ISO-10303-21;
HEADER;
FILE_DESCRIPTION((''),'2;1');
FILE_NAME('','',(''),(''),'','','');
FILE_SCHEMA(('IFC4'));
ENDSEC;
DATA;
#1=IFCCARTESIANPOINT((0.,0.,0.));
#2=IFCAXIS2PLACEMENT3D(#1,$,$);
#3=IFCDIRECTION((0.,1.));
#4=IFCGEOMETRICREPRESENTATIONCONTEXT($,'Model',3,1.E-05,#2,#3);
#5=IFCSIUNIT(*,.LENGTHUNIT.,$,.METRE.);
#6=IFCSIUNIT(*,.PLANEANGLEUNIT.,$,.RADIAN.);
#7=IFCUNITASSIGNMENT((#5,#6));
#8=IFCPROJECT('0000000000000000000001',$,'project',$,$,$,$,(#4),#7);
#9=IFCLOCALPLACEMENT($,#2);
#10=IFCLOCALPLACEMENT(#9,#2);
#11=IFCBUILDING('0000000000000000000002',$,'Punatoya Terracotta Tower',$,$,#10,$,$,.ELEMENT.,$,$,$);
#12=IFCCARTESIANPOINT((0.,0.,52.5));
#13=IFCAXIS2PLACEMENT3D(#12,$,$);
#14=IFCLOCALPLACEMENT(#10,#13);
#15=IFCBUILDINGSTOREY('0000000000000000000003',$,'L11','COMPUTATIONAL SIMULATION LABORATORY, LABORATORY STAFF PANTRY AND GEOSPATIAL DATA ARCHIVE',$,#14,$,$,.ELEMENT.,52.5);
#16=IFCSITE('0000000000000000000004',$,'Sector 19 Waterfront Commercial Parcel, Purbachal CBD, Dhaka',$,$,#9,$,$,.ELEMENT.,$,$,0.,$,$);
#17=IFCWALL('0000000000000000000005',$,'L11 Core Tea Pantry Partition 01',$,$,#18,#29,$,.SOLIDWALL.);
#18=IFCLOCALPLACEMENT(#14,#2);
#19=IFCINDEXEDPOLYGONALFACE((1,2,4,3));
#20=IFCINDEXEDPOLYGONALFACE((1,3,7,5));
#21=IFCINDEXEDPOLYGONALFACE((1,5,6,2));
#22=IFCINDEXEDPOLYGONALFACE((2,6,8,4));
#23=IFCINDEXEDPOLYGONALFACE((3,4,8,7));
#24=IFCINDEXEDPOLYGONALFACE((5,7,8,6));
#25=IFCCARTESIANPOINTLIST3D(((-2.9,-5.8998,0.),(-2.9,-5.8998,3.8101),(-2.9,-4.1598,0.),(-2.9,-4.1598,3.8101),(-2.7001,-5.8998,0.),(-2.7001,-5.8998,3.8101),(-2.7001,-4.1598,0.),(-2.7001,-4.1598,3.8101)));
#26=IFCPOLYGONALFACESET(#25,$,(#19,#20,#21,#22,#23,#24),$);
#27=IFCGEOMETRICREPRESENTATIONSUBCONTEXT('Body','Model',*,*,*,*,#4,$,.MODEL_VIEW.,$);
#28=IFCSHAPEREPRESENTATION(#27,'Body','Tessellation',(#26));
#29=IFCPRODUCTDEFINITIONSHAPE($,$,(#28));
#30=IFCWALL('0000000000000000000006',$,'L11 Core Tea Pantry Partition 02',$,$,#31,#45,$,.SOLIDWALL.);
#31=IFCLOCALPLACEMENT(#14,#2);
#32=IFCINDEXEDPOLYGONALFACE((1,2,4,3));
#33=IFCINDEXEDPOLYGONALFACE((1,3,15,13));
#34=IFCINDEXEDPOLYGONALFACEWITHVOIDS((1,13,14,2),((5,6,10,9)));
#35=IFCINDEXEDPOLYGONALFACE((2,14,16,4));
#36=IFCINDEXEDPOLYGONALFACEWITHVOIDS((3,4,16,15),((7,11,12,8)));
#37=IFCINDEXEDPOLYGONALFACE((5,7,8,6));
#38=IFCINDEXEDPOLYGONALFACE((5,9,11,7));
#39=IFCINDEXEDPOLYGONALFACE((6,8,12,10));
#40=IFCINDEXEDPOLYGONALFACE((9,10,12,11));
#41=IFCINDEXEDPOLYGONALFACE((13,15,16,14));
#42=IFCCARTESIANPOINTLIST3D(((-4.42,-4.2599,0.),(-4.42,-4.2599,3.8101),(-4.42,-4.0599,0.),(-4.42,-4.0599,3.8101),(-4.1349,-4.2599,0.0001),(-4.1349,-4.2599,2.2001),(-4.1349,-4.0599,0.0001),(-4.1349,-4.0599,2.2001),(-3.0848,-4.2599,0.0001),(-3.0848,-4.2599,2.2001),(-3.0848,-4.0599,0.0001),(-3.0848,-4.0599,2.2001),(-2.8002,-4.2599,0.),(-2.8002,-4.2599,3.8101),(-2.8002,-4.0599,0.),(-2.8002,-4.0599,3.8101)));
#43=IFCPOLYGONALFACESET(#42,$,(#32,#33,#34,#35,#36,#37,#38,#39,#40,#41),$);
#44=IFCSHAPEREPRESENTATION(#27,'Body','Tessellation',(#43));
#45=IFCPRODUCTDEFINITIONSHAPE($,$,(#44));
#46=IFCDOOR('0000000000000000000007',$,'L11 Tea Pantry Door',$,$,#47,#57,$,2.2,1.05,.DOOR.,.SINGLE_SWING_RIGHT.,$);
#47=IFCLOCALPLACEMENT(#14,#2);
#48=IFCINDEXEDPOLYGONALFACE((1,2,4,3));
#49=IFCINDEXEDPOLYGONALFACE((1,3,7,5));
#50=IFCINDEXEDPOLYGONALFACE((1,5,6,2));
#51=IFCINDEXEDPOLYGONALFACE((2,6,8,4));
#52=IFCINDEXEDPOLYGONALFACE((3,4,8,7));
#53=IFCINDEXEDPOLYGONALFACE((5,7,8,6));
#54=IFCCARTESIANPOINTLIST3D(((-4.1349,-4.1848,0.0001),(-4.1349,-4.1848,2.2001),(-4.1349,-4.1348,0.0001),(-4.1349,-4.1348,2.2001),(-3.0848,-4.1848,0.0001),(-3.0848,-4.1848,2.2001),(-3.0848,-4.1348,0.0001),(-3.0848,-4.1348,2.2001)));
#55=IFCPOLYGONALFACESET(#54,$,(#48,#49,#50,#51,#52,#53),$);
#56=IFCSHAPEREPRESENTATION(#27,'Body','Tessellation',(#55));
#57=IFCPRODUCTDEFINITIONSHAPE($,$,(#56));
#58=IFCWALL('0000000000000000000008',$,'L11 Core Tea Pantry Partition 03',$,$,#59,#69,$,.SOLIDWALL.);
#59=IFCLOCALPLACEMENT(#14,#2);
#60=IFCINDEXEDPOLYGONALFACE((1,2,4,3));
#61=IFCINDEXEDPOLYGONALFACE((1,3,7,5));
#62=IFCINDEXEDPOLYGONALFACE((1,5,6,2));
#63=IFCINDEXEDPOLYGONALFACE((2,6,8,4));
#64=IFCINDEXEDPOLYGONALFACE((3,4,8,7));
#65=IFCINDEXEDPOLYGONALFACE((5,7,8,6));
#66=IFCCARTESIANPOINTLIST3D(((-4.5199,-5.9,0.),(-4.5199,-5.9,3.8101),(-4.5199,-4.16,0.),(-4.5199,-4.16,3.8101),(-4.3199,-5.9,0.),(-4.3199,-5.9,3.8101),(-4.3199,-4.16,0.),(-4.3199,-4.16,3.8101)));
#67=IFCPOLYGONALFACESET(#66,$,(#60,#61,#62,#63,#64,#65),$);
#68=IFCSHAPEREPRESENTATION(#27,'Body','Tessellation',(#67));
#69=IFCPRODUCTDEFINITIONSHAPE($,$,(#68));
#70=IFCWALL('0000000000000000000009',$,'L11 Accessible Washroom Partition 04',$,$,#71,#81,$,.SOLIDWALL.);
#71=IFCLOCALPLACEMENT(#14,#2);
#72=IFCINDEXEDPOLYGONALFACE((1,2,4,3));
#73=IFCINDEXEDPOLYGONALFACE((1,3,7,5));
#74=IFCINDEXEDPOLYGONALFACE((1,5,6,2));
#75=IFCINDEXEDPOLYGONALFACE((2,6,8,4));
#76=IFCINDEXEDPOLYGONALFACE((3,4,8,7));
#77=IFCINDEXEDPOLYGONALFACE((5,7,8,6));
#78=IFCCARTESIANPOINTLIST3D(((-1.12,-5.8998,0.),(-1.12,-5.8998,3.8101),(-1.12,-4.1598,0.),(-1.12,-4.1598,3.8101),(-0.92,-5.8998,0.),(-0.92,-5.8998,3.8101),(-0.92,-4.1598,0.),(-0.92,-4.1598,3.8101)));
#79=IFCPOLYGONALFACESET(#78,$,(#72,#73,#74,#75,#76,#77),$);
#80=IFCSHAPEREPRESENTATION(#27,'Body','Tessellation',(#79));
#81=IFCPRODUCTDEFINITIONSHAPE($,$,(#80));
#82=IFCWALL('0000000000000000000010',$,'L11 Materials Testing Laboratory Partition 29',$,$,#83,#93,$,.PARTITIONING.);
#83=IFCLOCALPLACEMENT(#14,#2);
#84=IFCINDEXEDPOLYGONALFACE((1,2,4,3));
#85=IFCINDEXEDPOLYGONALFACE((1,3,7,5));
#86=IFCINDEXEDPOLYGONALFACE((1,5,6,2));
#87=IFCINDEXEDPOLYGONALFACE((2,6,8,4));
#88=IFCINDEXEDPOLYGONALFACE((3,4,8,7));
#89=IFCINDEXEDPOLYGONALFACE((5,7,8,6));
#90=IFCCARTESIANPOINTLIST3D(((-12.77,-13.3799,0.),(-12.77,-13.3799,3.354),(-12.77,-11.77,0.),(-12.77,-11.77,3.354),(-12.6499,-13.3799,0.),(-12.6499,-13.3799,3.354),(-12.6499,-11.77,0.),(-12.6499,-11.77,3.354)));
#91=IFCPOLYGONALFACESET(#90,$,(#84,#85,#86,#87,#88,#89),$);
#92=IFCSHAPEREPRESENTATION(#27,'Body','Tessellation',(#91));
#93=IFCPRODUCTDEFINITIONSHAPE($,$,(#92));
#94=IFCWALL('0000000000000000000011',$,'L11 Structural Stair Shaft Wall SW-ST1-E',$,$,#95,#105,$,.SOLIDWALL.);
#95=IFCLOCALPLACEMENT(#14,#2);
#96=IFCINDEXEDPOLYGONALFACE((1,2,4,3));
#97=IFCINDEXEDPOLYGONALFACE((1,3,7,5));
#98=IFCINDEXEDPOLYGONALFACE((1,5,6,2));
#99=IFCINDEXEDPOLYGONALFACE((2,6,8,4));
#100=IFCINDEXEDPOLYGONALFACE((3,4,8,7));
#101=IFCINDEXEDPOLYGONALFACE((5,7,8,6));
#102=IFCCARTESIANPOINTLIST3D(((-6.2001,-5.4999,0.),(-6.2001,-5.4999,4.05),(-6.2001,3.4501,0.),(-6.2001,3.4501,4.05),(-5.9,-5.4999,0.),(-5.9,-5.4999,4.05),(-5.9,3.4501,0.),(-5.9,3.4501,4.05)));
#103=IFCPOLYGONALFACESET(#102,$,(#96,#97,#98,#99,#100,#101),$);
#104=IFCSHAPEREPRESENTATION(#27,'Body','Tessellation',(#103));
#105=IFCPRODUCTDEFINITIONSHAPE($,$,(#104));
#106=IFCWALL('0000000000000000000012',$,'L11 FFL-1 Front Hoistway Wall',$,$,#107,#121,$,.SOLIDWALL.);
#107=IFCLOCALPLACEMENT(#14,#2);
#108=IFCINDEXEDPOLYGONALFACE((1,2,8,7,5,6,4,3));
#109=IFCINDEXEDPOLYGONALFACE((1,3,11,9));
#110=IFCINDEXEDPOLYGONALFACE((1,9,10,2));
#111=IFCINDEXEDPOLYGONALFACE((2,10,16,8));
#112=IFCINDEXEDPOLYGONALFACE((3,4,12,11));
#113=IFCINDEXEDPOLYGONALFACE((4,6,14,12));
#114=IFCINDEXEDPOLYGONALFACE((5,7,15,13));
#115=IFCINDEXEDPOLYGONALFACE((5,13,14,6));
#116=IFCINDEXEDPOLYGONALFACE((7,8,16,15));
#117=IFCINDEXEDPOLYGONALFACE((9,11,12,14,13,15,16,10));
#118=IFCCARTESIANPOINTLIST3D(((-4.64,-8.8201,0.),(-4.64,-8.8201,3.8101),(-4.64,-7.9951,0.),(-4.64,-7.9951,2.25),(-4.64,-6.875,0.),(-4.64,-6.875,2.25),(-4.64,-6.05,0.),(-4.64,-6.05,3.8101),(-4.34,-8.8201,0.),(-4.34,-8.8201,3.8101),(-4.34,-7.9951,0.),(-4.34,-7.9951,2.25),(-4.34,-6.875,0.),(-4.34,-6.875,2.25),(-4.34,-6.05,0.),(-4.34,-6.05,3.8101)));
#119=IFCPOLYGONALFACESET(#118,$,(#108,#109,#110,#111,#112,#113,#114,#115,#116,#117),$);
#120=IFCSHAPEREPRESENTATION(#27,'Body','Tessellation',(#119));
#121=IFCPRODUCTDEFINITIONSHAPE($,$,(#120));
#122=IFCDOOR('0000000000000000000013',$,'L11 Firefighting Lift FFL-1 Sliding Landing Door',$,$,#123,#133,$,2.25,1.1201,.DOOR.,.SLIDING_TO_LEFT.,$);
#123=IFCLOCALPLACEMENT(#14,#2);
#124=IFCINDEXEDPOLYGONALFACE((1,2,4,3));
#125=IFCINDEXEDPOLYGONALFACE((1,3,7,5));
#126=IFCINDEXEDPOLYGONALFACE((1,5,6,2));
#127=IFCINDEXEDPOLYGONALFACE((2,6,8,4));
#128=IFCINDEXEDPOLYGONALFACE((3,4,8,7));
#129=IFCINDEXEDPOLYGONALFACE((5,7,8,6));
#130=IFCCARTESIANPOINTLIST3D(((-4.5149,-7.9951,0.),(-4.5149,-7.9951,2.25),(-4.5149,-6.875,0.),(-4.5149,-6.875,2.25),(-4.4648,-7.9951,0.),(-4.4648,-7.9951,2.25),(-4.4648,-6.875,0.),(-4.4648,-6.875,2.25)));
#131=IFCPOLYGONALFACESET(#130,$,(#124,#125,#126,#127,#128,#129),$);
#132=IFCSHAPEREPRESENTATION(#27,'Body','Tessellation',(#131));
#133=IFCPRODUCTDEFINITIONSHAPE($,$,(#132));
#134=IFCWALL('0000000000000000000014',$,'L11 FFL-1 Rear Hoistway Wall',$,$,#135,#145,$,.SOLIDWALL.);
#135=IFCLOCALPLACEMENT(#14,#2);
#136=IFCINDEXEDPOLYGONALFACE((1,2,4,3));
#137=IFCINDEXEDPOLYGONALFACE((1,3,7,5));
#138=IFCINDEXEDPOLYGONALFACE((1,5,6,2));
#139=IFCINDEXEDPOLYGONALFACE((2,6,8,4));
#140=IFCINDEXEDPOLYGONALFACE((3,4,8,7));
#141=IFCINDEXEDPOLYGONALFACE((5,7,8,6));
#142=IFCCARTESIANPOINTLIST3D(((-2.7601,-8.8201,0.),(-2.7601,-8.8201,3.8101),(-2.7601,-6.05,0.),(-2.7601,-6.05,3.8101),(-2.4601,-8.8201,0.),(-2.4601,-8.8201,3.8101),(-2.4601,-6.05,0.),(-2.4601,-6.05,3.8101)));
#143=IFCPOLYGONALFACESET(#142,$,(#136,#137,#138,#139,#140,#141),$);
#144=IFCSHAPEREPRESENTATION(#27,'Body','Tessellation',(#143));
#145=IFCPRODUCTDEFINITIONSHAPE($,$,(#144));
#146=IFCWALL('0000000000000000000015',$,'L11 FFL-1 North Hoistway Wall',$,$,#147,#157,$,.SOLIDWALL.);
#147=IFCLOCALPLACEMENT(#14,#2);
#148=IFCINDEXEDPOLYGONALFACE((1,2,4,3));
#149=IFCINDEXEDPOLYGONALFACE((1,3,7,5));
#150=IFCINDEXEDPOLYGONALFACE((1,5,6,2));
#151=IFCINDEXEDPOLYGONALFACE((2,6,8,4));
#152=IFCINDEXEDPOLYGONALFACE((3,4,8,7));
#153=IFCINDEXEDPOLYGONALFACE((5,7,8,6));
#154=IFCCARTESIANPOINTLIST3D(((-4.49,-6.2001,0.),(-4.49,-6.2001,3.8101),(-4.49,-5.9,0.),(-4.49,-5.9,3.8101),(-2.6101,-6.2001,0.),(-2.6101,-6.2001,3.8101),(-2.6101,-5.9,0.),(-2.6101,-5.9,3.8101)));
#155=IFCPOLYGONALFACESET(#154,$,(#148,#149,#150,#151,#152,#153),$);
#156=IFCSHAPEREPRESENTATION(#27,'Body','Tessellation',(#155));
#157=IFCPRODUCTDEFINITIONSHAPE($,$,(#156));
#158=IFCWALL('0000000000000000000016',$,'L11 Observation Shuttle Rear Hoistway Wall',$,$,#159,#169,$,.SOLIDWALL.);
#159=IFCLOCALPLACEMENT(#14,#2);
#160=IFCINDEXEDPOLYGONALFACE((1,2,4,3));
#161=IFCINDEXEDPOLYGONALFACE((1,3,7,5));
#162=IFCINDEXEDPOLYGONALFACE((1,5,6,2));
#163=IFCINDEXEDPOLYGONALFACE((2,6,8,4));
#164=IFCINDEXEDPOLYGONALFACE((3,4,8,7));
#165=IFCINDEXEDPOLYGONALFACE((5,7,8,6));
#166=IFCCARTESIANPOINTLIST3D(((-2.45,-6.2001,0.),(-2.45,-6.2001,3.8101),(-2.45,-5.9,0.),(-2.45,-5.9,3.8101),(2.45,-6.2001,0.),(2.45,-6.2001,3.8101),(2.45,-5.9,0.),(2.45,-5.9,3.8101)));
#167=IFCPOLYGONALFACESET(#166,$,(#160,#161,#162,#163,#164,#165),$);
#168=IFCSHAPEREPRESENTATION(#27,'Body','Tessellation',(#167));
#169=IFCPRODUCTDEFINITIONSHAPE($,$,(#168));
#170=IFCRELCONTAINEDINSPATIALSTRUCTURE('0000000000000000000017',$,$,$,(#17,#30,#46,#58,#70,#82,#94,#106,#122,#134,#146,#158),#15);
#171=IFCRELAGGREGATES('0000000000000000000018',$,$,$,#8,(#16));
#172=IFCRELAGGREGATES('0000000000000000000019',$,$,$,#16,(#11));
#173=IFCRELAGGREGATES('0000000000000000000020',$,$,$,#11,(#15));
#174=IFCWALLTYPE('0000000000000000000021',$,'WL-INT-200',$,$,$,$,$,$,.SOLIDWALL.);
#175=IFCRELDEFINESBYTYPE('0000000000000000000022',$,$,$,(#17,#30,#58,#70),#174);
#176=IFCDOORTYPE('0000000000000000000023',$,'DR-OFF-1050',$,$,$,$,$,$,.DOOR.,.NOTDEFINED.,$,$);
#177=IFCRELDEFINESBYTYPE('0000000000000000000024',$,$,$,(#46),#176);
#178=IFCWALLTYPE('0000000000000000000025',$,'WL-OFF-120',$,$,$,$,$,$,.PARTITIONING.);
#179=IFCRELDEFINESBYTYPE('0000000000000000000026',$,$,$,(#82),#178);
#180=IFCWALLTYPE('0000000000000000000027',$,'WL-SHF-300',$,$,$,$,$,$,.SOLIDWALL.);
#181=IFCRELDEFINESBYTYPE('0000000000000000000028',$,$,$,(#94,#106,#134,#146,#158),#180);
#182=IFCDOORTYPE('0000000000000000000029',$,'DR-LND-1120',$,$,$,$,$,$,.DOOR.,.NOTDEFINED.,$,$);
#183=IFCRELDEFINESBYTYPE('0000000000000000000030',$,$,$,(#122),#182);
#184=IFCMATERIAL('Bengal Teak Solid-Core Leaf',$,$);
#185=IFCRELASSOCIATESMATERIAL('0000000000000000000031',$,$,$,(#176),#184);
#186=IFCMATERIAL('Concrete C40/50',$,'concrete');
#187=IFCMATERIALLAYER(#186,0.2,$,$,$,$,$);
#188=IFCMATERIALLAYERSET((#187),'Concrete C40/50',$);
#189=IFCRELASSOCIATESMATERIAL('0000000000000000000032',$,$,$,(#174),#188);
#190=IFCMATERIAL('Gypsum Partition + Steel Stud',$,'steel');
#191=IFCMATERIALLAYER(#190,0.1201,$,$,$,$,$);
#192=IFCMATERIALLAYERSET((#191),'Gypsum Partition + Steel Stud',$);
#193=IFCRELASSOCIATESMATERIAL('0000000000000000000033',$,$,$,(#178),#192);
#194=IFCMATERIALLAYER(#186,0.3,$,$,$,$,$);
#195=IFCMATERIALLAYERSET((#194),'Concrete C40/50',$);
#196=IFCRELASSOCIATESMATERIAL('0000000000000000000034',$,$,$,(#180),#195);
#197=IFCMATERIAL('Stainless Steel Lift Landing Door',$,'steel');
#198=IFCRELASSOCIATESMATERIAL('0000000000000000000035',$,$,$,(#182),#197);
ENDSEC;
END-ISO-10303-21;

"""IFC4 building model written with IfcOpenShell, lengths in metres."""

from ifc_helpers import new_model, si_unit, direction, frame, frame_2d, origin, place, context, subcontext, project, spatial, rectangle, extrude, material, layer, layer_set, type_object, element, fill, save


model = new_model("IFC4")

# Units and contexts
model_context = context("Model", 3, precision=1e-05, world=origin(), true_north=direction((0.0, 1.0)))
body_context = subcontext(model_context, "Body", "Model", "MODEL_VIEW")
ifc_project = project(units=[si_unit("LENGTHUNIT", "METRE"), si_unit("PLANEANGLEUNIT", "RADIAN")], contexts=[model_context])

# Site, building, storey
site_placement = place(None, origin())
site = spatial("IfcSite", under=ifc_project, at=site_placement, Name="Sector 19 Waterfront Commercial Parcel, Purbachal CBD, Dhaka", CompositionType="ELEMENT", RefElevation=0.0)
building_placement = place(site_placement, origin())
building = spatial("IfcBuilding", under=site, at=building_placement, Name="Punatoya Terracotta Tower", CompositionType="ELEMENT")
storey_placement = place(building_placement, frame((0.0, 0.0, 52.5)))
storey = spatial("IfcBuildingStorey", under=building, at=storey_placement, Name="L11", Description="COMPUTATIONAL SIMULATION LABORATORY, LABORATORY STAFF PANTRY AND GEOSPATIAL DATA ARCHIVE", CompositionType="ELEMENT", Elevation=52.5)

# Shared definitions
ifc_material_1 = material(Name="Bengal Teak Solid-Core Leaf")
door_type_1 = type_object("IfcDoorType", Name="DR-OFF-1050", OperationType="NOTDEFINED", PredefinedType="DOOR", material=ifc_material_1)

# Wall
ifc_material_2 = material(Name="Concrete C40/50", Category="concrete")
ifc_layer_1 = layer(ifc_material_2, 0.2)
ifc_layer_set_1 = layer_set([ifc_layer_1], Name="Concrete C40/50")
wall_type_1 = type_object("IfcWallType", Name="WL-INT-200", PredefinedType="SOLIDWALL", material=ifc_layer_set_1)
wall_1_placement = place(storey_placement, frame((-2.8, -5.8999, 0.0), z_axis=(0.0, 0.0, 1.0), x_axis=(0.0, 1.0, 0.0)))
element("IfcWall", 1, at=wall_1_placement, inside=storey, type_object=wall_type_1, Name="L11 Core Tea Pantry Partition 01", PredefinedType="SOLIDWALL", context=body_context, shape_type="SweptSolid", body=[
    extrude(rectangle(XDim=1.74, YDim=0.2, at=frame_2d((0.8701, 0.0))), origin(), (0.0, 0.0, 1.0), 3.8101),
])

# Wall, opening, door
wall_2_placement = place(storey_placement, frame((-2.8, -4.1599, 0.0), z_axis=(0.0, 0.0, 1.0), x_axis=(-1.0, 0.0, 0.0)))
wall_2 = element("IfcWall", 2, at=wall_2_placement, inside=storey, type_object=wall_type_1, Name="L11 Core Tea Pantry Partition 02", PredefinedType="SOLIDWALL", context=body_context, shape_type="SweptSolid", body=[
    extrude(rectangle(XDim=1.6199, YDim=0.2, at=frame_2d((0.8101, 0.0))), origin(), (0.0, 0.0, 1.0), 3.8101),
])
opening_1_placement = place(wall_2_placement, frame((0.2849, 0.0, 0.0)))
opening_1 = element("IfcOpeningElement", 3, at=opening_1_placement, cuts=wall_2, PredefinedType="OPENING", context=body_context, shape_type="SweptSolid", body=[
    extrude(rectangle(XDim=1.05, YDim=2.2, at=frame_2d((0.5249, 1.1001))), frame((0.0, 0.1099, 0.0), z_axis=(0.0, -1.0, 0.0), x_axis=(1.0, 0.0, 0.0)), (0.0, 0.0, 1.0), 0.22),
])
door_1_placement = place(opening_1_placement, origin())
door_1 = element("IfcDoor", 4, at=door_1_placement, inside=storey, type_object=door_type_1, Name="L11 Tea Pantry Door", OperationType="SINGLE_SWING_RIGHT", OverallHeight=2.2, OverallWidth=1.05, PredefinedType="DOOR", context=body_context, shape_type="SweptSolid", body=[
    extrude(rectangle(XDim=1.05, YDim=2.2, at=frame_2d((0.5249, 1.1001))), frame((0.0, 0.0249, 0.0), z_axis=(0.0, -1.0, 0.0), x_axis=(1.0, 0.0, 0.0)), (0.0, 0.0, 1.0), 0.05),
])
fill(opening_1, door_1)

# Walls
for number, where, z_axis, x_axis, name in (
    (5, (-4.4199, -4.1599, 0.0), (0.0, 0.0, 1.0), (0.0, -1.0, 0.0), "L11 Core Tea Pantry Partition 03"),
    (6, (-1.02, -5.8999, 0.0), (0.0, 0.0, 1.0), (0.0, 1.0, 0.0), "L11 Accessible Washroom Partition 04"),
):
    element("IfcWall", number, at=place(storey_placement, frame(where, z_axis=z_axis, x_axis=x_axis)), inside=storey, type_object=wall_type_1, Name=name, PredefinedType="SOLIDWALL", context=body_context, shape_type="SweptSolid", body=[
        extrude(rectangle(XDim=1.74, YDim=0.2, at=frame_2d((0.8701, 0.0))), origin(), (0.0, 0.0, 1.0), 3.8101),
    ])
ifc_material_3 = material(Name="Gypsum Partition + Steel Stud", Category="steel")
ifc_layer_2 = layer(ifc_material_3, 0.1201)
ifc_layer_set_2 = layer_set([ifc_layer_2], Name="Gypsum Partition + Steel Stud")
wall_type_2 = type_object("IfcWallType", Name="WL-OFF-120", PredefinedType="PARTITIONING", material=ifc_layer_set_2)
wall_3_placement = place(storey_placement, frame((-12.71, -11.77, 0.0), z_axis=(0.0, 0.0, 1.0), x_axis=(0.0, -1.0, 0.0)))
element("IfcWall", 7, at=wall_3_placement, inside=storey, type_object=wall_type_2, Name="L11 Materials Testing Laboratory Partition 29", PredefinedType="PARTITIONING", context=body_context, shape_type="SweptSolid", body=[
    extrude(rectangle(XDim=1.6099, YDim=0.1201, at=frame_2d((0.8049, 0.0))), origin(), (0.0, 0.0, 1.0), 3.354),
])
ifc_layer_3 = layer(ifc_material_2, 0.3)
ifc_layer_set_3 = layer_set([ifc_layer_3], Name="Concrete C40/50")
wall_type_3 = type_object("IfcWallType", Name="WL-SHF-300", PredefinedType="SOLIDWALL", material=ifc_layer_set_3)
wall_4_placement = place(storey_placement, frame((-6.05, -5.5, 0.0), z_axis=(0.0, 0.0, 1.0), x_axis=(0.0, 1.0, 0.0)))
element("IfcWall", 8, at=wall_4_placement, inside=storey, type_object=wall_type_3, Name="L11 Structural Stair Shaft Wall SW-ST1-E", PredefinedType="SOLIDWALL", context=body_context, shape_type="SweptSolid", body=[
    extrude(rectangle(XDim=8.95, YDim=0.3, at=frame_2d((4.4751, 0.0))), origin(), (0.0, 0.0, 1.0), 4.05),
])

# Wall, opening, door
wall_5_placement = place(storey_placement, frame((-4.49, -8.8201, 0.0), z_axis=(0.0, 0.0, 1.0), x_axis=(0.0, 1.0, 0.0)))
wall_5 = element("IfcWall", 9, at=wall_5_placement, inside=storey, type_object=wall_type_3, Name="L11 FFL-1 Front Hoistway Wall", PredefinedType="SOLIDWALL", context=body_context, shape_type="SweptSolid", body=[
    extrude(rectangle(XDim=2.77, YDim=0.3, at=frame_2d((1.385, 0.0))), origin(), (0.0, 0.0, 1.0), 3.8101),
])
opening_2_placement = place(wall_5_placement, frame((0.825, 0.0, 0.0)))
opening_2 = element("IfcOpeningElement", 10, at=opening_2_placement, cuts=wall_5, PredefinedType="OPENING", context=body_context, shape_type="SweptSolid", body=[
    extrude(rectangle(XDim=1.1201, YDim=2.25, at=frame_2d((0.5601, 1.125))), frame((0.0, 0.1599, 0.0), z_axis=(0.0, -1.0, 0.0), x_axis=(1.0, 0.0, 0.0)), (0.0, 0.0, 1.0), 0.3201),
])
ifc_material_4 = material(Name="Stainless Steel Lift Landing Door", Category="steel")
door_type_2 = type_object("IfcDoorType", Name="DR-LND-1120", OperationType="NOTDEFINED", PredefinedType="DOOR", material=ifc_material_4)
door_2_placement = place(opening_2_placement, origin())
door_2 = element("IfcDoor", 11, at=door_2_placement, inside=storey, type_object=door_type_2, Name="L11 Firefighting Lift FFL-1 Sliding Landing Door", OperationType="SLIDING_TO_LEFT", OverallHeight=2.25, OverallWidth=1.1201, PredefinedType="DOOR", context=body_context, shape_type="SweptSolid", body=[
    extrude(rectangle(XDim=1.1201, YDim=2.25, at=frame_2d((0.5601, 1.125))), frame((0.0, 0.0249, 0.0), z_axis=(0.0, -1.0, 0.0), x_axis=(1.0, 0.0, 0.0)), (0.0, 0.0, 1.0), 0.05),
])
fill(opening_2, door_2)

# Walls
wall_6_placement = place(storey_placement, frame((-2.6101, -8.8201, 0.0), z_axis=(0.0, 0.0, 1.0), x_axis=(0.0, 1.0, 0.0)))
element("IfcWall", 12, at=wall_6_placement, inside=storey, type_object=wall_type_3, Name="L11 FFL-1 Rear Hoistway Wall", PredefinedType="SOLIDWALL", context=body_context, shape_type="SweptSolid", body=[
    extrude(rectangle(XDim=2.77, YDim=0.3, at=frame_2d((1.385, 0.0))), origin(), (0.0, 0.0, 1.0), 3.8101),
])
wall_7_placement = place(storey_placement, frame((-4.49, -6.05, 0.0), z_axis=(0.0, 0.0, 1.0), x_axis=(1.0, 0.0, 0.0)))
element("IfcWall", 13, at=wall_7_placement, inside=storey, type_object=wall_type_3, Name="L11 FFL-1 North Hoistway Wall", PredefinedType="SOLIDWALL", context=body_context, shape_type="SweptSolid", body=[
    extrude(rectangle(XDim=1.8799, YDim=0.3, at=frame_2d((0.9399, 0.0))), origin(), (0.0, 0.0, 1.0), 3.8101),
])
wall_8_placement = place(storey_placement, frame((-2.45, -6.05, 0.0), z_axis=(0.0, 0.0, 1.0), x_axis=(1.0, 0.0, 0.0)))
element("IfcWall", 14, at=wall_8_placement, inside=storey, type_object=wall_type_3, Name="L11 Observation Shuttle Rear Hoistway Wall", PredefinedType="SOLIDWALL", context=body_context, shape_type="SweptSolid", body=[
    extrude(rectangle(XDim=4.8999, YDim=0.3, at=frame_2d((2.45, 0.0))), origin(), (0.0, 0.0, 1.0), 3.8101),
])

save(model, "model.ifc")
